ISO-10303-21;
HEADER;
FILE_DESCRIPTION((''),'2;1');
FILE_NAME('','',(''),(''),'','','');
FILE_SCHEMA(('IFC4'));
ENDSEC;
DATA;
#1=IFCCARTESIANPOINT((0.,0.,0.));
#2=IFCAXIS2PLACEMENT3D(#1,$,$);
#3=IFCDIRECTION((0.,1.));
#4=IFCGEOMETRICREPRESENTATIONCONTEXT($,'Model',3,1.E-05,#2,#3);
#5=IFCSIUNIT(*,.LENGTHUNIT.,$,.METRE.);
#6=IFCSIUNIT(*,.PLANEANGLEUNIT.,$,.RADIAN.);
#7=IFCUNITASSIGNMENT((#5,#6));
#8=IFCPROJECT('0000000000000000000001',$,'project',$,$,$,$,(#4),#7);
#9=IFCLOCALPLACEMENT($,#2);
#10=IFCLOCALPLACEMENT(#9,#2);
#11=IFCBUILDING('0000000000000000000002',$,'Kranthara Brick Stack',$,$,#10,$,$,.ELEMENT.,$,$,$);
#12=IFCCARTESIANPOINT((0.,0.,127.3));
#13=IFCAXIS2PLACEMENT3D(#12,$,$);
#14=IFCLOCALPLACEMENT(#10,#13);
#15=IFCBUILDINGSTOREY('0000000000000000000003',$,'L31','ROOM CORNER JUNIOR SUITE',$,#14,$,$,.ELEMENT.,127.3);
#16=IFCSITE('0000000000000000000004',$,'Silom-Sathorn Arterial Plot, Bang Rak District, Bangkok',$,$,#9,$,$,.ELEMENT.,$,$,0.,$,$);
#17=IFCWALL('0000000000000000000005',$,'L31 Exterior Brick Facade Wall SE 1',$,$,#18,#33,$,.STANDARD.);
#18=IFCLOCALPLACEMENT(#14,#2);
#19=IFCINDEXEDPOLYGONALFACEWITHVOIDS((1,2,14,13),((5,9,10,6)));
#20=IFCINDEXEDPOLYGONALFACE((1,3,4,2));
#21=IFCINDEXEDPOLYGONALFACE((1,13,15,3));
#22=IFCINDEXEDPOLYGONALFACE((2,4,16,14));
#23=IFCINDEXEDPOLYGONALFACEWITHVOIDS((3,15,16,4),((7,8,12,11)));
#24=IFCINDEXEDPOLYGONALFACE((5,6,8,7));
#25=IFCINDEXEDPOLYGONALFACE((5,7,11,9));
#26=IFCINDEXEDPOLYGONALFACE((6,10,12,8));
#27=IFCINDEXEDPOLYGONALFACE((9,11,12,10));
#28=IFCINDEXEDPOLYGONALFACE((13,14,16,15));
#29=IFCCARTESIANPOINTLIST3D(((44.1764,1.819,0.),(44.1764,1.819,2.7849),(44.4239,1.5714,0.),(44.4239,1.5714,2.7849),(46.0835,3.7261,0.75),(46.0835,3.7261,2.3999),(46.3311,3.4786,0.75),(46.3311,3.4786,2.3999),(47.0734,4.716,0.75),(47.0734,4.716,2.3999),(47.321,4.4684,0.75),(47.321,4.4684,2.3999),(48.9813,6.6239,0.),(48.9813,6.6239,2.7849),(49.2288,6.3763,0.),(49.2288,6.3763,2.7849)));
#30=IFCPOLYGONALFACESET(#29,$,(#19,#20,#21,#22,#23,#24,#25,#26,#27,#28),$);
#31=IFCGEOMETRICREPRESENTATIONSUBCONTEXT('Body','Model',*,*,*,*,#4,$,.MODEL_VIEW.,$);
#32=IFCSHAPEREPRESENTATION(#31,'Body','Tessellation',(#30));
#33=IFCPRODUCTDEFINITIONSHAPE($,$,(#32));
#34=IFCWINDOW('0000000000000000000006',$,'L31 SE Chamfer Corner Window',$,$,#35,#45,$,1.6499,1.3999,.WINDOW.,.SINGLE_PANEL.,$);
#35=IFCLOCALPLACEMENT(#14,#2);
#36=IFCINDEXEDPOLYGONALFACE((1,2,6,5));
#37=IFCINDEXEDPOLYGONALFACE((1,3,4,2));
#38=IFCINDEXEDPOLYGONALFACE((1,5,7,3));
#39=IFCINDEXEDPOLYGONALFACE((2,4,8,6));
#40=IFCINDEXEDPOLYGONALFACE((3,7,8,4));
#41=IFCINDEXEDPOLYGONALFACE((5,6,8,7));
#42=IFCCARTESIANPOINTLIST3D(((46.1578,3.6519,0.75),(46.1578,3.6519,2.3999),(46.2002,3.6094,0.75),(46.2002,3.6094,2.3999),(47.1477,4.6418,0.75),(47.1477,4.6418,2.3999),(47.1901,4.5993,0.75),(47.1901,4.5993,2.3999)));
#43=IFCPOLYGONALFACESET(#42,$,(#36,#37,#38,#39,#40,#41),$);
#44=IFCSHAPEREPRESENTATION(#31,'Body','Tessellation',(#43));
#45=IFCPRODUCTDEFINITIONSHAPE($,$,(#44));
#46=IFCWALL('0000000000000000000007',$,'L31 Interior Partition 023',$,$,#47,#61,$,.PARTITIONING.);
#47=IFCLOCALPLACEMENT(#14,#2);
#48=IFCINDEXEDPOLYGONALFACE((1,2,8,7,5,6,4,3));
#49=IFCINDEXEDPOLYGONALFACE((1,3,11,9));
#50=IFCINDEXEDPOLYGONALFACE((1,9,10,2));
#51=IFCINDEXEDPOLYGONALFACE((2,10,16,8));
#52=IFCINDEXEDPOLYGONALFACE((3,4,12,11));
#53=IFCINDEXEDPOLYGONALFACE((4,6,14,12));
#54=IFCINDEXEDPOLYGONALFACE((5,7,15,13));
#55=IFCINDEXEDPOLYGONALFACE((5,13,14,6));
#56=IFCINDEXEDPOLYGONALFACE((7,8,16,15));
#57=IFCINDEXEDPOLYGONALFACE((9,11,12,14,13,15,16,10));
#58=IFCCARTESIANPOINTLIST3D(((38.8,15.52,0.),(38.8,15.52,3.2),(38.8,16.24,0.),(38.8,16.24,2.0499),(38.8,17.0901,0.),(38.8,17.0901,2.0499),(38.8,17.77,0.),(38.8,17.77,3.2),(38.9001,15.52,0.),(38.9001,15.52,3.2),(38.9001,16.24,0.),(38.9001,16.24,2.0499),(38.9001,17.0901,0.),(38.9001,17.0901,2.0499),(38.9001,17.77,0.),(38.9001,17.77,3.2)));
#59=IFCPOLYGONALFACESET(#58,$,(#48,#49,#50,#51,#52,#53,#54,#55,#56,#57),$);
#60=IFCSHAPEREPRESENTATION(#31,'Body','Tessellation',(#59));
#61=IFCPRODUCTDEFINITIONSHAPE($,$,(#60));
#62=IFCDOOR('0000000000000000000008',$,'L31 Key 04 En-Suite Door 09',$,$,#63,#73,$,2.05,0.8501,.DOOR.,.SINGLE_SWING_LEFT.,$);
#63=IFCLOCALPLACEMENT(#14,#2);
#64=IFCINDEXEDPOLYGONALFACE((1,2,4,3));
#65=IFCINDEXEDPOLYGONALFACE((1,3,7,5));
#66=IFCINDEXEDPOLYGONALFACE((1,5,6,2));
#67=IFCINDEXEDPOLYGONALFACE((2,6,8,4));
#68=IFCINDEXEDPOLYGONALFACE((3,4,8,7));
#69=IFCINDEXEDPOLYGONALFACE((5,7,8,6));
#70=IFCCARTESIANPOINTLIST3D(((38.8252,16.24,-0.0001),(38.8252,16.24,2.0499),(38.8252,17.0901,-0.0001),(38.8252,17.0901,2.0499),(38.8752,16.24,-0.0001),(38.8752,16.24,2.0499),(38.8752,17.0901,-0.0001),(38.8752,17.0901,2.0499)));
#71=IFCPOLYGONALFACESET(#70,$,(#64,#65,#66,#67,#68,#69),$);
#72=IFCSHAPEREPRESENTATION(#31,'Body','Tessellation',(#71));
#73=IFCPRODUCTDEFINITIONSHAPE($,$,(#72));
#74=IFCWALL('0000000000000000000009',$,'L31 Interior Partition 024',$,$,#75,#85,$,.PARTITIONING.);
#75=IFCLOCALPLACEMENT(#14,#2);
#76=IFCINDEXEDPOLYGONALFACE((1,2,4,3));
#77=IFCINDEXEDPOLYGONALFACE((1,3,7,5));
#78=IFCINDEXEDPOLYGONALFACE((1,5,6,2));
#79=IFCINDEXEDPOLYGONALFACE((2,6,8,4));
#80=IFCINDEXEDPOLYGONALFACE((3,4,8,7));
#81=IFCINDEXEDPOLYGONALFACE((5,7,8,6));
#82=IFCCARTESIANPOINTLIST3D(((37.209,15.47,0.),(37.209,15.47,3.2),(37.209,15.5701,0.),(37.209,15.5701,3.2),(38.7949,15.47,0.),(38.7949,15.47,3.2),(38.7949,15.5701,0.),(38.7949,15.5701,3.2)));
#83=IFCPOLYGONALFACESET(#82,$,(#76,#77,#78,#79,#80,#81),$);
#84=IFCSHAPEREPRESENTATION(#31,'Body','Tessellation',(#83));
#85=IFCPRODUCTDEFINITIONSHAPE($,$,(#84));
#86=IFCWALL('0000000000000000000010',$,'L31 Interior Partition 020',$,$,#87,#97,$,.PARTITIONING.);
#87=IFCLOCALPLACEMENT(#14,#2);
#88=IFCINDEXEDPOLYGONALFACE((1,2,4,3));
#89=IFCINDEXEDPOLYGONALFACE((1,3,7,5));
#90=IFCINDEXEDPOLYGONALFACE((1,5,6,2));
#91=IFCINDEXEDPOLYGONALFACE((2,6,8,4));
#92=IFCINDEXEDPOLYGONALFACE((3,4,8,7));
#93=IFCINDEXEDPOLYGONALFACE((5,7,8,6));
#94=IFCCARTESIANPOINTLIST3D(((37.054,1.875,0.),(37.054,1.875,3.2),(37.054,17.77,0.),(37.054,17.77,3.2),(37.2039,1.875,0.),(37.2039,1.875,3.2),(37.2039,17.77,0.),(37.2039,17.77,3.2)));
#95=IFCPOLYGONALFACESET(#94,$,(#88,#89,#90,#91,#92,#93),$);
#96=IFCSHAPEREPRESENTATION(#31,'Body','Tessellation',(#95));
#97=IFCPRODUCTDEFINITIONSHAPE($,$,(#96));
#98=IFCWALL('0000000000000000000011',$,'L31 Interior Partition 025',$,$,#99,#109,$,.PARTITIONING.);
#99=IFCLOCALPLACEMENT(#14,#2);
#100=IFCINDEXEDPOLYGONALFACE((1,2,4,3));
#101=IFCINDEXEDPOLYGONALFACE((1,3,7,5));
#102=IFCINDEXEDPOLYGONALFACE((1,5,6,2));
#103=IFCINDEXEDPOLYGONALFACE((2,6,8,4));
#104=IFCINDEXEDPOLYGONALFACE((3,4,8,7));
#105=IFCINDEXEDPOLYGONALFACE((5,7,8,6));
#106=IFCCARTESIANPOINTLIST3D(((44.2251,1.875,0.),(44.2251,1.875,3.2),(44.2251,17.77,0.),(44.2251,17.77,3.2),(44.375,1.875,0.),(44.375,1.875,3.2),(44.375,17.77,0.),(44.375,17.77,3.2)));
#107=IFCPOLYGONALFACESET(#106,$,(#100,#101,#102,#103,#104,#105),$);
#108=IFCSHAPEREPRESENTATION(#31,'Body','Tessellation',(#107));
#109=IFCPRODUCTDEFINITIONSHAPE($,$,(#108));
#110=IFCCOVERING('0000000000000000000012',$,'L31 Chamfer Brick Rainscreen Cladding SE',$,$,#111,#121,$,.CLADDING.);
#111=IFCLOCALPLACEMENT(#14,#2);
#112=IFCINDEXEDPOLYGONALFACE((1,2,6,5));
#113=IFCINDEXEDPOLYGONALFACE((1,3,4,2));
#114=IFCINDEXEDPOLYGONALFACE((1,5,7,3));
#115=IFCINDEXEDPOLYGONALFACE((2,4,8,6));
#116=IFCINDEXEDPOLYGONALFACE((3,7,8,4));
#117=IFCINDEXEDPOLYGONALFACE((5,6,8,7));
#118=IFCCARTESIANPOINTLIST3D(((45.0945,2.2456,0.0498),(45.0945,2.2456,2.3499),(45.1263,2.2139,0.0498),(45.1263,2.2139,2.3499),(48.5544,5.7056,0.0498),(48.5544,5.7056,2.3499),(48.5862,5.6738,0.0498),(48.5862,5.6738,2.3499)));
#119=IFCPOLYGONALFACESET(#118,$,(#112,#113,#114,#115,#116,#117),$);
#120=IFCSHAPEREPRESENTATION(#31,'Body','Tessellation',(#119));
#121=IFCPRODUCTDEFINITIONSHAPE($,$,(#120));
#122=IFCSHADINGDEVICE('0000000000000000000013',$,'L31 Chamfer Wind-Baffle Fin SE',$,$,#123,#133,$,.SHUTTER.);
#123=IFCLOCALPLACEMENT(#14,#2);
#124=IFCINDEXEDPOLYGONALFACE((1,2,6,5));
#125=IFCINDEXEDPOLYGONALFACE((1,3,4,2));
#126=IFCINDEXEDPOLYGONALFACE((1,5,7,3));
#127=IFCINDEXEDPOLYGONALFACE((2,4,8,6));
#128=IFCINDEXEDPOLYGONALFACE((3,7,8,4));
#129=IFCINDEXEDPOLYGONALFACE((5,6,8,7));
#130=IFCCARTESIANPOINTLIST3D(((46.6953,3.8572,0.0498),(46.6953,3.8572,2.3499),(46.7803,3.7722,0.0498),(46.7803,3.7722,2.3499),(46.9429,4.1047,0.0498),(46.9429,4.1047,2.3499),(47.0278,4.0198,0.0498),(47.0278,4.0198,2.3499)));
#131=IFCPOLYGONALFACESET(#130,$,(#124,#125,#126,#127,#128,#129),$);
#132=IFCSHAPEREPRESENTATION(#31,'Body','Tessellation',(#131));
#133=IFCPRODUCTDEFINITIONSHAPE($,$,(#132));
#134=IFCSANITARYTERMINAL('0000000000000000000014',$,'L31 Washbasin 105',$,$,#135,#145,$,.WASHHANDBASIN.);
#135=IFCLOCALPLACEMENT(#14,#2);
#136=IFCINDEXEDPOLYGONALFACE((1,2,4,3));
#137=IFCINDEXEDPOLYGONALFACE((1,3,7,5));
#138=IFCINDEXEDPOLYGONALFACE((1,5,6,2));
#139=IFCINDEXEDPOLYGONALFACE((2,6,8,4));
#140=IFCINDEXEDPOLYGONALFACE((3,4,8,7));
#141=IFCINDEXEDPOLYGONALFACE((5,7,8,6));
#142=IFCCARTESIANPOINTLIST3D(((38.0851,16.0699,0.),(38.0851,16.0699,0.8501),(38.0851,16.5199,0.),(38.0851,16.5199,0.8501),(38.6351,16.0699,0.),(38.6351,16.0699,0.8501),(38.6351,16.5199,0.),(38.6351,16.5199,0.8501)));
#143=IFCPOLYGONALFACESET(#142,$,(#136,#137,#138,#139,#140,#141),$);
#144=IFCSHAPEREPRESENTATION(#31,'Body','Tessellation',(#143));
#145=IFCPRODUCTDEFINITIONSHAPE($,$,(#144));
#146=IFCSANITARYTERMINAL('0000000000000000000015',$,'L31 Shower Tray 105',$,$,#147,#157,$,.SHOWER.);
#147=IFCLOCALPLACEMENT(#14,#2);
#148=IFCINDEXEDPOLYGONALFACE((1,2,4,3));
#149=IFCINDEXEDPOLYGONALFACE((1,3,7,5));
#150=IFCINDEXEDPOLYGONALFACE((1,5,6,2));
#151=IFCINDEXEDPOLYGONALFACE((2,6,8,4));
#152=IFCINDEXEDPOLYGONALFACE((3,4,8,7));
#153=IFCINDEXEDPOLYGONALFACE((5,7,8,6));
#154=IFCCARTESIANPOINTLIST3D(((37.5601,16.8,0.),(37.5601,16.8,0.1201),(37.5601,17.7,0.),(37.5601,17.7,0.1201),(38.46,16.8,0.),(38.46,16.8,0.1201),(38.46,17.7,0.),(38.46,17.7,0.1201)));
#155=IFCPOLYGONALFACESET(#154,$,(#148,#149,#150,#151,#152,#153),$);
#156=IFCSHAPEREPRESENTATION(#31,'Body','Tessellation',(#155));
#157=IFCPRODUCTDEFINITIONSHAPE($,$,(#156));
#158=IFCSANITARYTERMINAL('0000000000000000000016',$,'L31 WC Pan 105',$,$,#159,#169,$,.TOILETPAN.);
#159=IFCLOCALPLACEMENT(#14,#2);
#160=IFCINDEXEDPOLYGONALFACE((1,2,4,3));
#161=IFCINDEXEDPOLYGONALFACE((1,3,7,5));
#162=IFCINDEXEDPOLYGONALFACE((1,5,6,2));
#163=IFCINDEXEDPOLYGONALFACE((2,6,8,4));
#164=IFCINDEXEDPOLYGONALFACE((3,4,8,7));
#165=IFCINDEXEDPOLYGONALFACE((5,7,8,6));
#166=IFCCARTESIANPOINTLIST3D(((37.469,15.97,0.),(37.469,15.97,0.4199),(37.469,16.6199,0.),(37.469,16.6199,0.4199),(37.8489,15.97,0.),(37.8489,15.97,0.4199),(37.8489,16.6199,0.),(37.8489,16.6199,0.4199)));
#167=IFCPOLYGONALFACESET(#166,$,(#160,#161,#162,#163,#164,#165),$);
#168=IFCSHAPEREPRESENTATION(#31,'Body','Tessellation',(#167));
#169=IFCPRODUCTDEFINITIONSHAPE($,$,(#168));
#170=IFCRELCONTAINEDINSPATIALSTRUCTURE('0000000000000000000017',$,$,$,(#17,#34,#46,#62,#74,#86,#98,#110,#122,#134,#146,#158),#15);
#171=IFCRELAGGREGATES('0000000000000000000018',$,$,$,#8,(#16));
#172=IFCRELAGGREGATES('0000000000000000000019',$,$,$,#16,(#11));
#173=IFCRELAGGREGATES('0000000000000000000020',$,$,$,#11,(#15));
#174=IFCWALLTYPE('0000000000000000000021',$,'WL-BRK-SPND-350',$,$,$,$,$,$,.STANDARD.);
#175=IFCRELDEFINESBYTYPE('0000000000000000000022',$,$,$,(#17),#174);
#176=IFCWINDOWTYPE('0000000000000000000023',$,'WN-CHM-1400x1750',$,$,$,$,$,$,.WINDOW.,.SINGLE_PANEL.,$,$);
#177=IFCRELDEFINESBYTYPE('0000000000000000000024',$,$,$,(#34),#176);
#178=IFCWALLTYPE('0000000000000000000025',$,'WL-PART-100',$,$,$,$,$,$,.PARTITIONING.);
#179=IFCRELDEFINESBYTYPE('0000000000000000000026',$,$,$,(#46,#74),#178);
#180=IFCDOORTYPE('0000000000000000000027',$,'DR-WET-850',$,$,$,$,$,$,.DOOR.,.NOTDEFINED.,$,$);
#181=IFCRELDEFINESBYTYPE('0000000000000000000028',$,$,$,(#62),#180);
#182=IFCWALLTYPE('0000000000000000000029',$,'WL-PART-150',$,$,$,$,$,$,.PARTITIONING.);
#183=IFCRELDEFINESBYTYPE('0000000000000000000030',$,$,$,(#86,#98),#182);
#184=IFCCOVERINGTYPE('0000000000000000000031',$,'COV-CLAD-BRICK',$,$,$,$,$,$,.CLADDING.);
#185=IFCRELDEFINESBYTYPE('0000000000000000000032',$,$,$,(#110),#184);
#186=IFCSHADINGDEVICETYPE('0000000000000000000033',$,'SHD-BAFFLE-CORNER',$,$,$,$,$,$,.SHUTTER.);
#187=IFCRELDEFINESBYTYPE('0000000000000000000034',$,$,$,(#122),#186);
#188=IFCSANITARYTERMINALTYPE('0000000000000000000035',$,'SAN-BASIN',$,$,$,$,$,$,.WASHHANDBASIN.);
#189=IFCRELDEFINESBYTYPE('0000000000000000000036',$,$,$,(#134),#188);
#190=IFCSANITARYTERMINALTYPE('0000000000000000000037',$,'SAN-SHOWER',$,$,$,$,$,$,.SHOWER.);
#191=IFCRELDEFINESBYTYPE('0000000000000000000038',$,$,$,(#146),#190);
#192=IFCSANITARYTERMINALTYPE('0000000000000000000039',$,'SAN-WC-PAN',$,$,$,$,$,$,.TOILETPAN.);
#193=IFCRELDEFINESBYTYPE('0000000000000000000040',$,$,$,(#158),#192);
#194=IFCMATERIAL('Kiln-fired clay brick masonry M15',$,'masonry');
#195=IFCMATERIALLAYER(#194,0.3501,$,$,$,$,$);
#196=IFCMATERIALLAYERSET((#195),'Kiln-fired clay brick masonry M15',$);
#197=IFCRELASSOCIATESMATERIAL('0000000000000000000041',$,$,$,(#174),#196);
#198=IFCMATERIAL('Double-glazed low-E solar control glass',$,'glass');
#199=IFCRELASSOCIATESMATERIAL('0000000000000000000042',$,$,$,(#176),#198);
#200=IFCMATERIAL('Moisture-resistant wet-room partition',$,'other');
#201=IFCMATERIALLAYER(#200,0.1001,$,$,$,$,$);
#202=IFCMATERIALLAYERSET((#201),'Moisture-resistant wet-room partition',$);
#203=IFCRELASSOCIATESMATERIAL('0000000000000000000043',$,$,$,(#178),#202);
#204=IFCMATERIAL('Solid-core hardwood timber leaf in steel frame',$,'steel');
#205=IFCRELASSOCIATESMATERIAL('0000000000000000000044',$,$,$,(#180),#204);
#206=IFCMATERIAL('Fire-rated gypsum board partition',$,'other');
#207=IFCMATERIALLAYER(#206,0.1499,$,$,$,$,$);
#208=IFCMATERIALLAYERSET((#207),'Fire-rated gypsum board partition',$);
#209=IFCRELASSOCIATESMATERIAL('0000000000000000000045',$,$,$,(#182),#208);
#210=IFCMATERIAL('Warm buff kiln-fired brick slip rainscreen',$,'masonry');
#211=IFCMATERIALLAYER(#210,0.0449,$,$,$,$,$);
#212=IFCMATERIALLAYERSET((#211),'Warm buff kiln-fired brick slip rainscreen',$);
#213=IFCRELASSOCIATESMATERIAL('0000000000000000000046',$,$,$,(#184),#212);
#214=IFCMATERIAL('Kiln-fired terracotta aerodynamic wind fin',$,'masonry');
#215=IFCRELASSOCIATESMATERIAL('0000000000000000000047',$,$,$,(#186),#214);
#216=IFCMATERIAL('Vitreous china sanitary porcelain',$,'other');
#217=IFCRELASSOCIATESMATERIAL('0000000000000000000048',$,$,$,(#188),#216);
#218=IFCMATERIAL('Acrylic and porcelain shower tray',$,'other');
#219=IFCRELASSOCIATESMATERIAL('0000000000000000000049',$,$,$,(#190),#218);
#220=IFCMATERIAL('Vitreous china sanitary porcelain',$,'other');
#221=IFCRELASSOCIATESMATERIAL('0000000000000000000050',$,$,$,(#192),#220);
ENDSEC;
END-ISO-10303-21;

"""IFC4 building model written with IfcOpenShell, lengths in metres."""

from ifc_helpers import new_model, si_unit, direction, frame, frame_2d, origin, origin_2d, place, context, subcontext, project, spatial, rectangle, extrude, material, layer, layer_set, type_object, element, fill, save


model = new_model("IFC4")

# Units and contexts
model_context = context("Model", 3, precision=1e-05, world=origin(), true_north=direction((0.0, 1.0)))
body_context = subcontext(model_context, "Body", "Model", "MODEL_VIEW")
ifc_project = project(units=[si_unit("LENGTHUNIT", "METRE"), si_unit("PLANEANGLEUNIT", "RADIAN")], contexts=[model_context])

# Site, building, storey
site_placement = place(None, origin())
site = spatial("IfcSite", under=ifc_project, at=site_placement, Name="Silom-Sathorn Arterial Plot, Bang Rak District, Bangkok", CompositionType="ELEMENT", RefElevation=0.0)
building_placement = place(site_placement, origin())
building = spatial("IfcBuilding", under=site, at=building_placement, Name="Kranthara Brick Stack", CompositionType="ELEMENT")
storey_placement = place(building_placement, frame((0.0, 0.0, 127.3)))
storey = spatial("IfcBuildingStorey", under=building, at=storey_placement, Name="L31", Description="ROOM CORNER JUNIOR SUITE", CompositionType="ELEMENT", Elevation=127.3)

# Shared definitions
ifc_material_1 = material(Name="Kiln-fired clay brick masonry M15", Category="masonry")
ifc_layer_1 = layer(ifc_material_1, 0.3501)
ifc_layer_set_1 = layer_set([ifc_layer_1], Name="Kiln-fired clay brick masonry M15")
wall_type_1 = type_object("IfcWallType", Name="WL-BRK-SPND-350", PredefinedType="STANDARD", material=ifc_layer_set_1)

# Wall, opening, window
wall_1_placement = place(storey_placement, frame((49.105, 6.5, 0.0), z_axis=(0.0, 0.0, 1.0), x_axis=(-0.707107, -0.707107, 0.0)))
wall_1 = element("IfcWall", 1, at=wall_1_placement, inside=storey, type_object=wall_type_1, Name="L31 Exterior Brick Facade Wall SE 1", PredefinedType="STANDARD", context=body_context, shape_type="SweptSolid", body=[
    extrude(rectangle(XDim=6.7952, YDim=0.3501, at=frame_2d((3.3975, 0.0))), origin(), (0.0, 0.0, 1.0), 2.7849),
])
opening_1_placement = place(wall_1_placement, frame((2.698, 0.0, 0.75)))
opening_1 = element("IfcOpeningElement", 2, at=opening_1_placement, cuts=wall_1, PredefinedType="OPENING", context=body_context, shape_type="SweptSolid", body=[
    extrude(rectangle(XDim=1.3999, YDim=1.6499, at=frame_2d((0.7, 0.825))), frame((0.0, 0.1851, 0.0), z_axis=(0.0, -1.0, 0.0), x_axis=(1.0, 0.0, 0.0)), (0.0, 0.0, 1.0), 0.3701),
])
ifc_material_2 = material(Name="Double-glazed low-E solar control glass", Category="glass")
window_type_1 = type_object("IfcWindowType", Name="WN-CHM-1400x1750", PartitioningType="SINGLE_PANEL", PredefinedType="WINDOW", material=ifc_material_2)
window_1_placement = place(opening_1_placement, origin())
window_1 = element("IfcWindow", 3, at=window_1_placement, inside=storey, type_object=window_type_1, Name="L31 SE Chamfer Corner Window", OverallHeight=1.6499, OverallWidth=1.3999, PartitioningType="SINGLE_PANEL", PredefinedType="WINDOW", context=body_context, shape_type="SweptSolid", body=[
    extrude(rectangle(XDim=1.3999, YDim=1.6499, at=frame_2d((0.7, 0.825))), frame((0.0, -0.01, 0.0), z_axis=(0.0, -1.0, 0.0), x_axis=(1.0, 0.0, 0.0)), (0.0, 0.0, 1.0), 0.0601),
])
fill(opening_1, window_1)

# Wall, opening, door
ifc_material_3 = material(Name="Moisture-resistant wet-room partition", Category="other")
ifc_layer_2 = layer(ifc_material_3, 0.1001)
ifc_layer_set_2 = layer_set([ifc_layer_2], Name="Moisture-resistant wet-room partition")
wall_type_2 = type_object("IfcWallType", Name="WL-PART-100", PredefinedType="PARTITIONING", material=ifc_layer_set_2)
wall_2_placement = place(storey_placement, frame((38.8501, 15.52, 0.0), z_axis=(0.0, 0.0, 1.0), x_axis=(0.0, 1.0, 0.0)))
wall_2 = element("IfcWall", 4, at=wall_2_placement, inside=storey, type_object=wall_type_2, Name="L31 Interior Partition 023", PredefinedType="PARTITIONING", context=body_context, shape_type="SweptSolid", body=[
    extrude(rectangle(XDim=2.25, YDim=0.1001, at=frame_2d((1.125, 0.0))), origin(), (0.0, 0.0, 1.0), 3.2),
])
opening_2_placement = place(wall_2_placement, frame((0.72, 0.0, 0.0)))
opening_2 = element("IfcOpeningElement", 5, at=opening_2_placement, cuts=wall_2, PredefinedType="OPENING", context=body_context, shape_type="SweptSolid", body=[
    extrude(rectangle(XDim=0.8501, YDim=2.05, at=frame_2d((0.425, 1.0249))), frame((0.0, 0.0601, 0.0), z_axis=(0.0, -1.0, 0.0), x_axis=(1.0, 0.0, 0.0)), (0.0, 0.0, 1.0), 0.1201),
])
ifc_material_4 = material(Name="Solid-core hardwood timber leaf in steel frame", Category="steel")
door_type_1 = type_object("IfcDoorType", Name="DR-WET-850", OperationType="NOTDEFINED", PredefinedType="DOOR", material=ifc_material_4)
door_1_placement = place(opening_2_placement, origin())
door_1 = element("IfcDoor", 6, at=door_1_placement, inside=storey, type_object=door_type_1, Name="L31 Key 04 En-Suite Door 09", OperationType="SINGLE_SWING_LEFT", OverallHeight=2.05, OverallWidth=0.8501, PredefinedType="DOOR", context=body_context, shape_type="SweptSolid", body=[
    extrude(rectangle(XDim=0.8501, YDim=2.05, at=frame_2d((0.425, 1.0249))), frame((0.0, 0.0249, 0.0), z_axis=(0.0, -1.0, 0.0), x_axis=(1.0, 0.0, 0.0)), (0.0, 0.0, 1.0), 0.05),
])
fill(opening_2, door_1)

# Walls
wall_3_placement = place(storey_placement, frame((37.209, 15.52, 0.0), z_axis=(0.0, 0.0, 1.0), x_axis=(1.0, 0.0, 0.0)))
element("IfcWall", 7, at=wall_3_placement, inside=storey, type_object=wall_type_2, Name="L31 Interior Partition 024", PredefinedType="PARTITIONING", context=body_context, shape_type="SweptSolid", body=[
    extrude(rectangle(XDim=1.5859, YDim=0.1001, at=frame_2d((0.793, 0.0))), origin(), (0.0, 0.0, 1.0), 3.2),
])
ifc_material_5 = material(Name="Fire-rated gypsum board partition", Category="other")
ifc_layer_3 = layer(ifc_material_5, 0.1499)
ifc_layer_set_3 = layer_set([ifc_layer_3], Name="Fire-rated gypsum board partition")
wall_type_3 = type_object("IfcWallType", Name="WL-PART-150", PredefinedType="PARTITIONING", material=ifc_layer_set_3)
for number, where, z_axis, x_axis, name in (
    (8, (37.1289, 1.875, 0.0), (0.0, 0.0, 1.0), (0.0, 1.0, 0.0), "L31 Interior Partition 020"),
    (9, (44.3, 1.875, 0.0), (0.0, 0.0, 1.0), (0.0, 1.0, 0.0), "L31 Interior Partition 025"),
):
    element("IfcWall", number, at=place(storey_placement, frame(where, z_axis=z_axis, x_axis=x_axis)), inside=storey, type_object=wall_type_3, Name=name, PredefinedType="PARTITIONING", context=body_context, shape_type="SweptSolid", body=[
        extrude(rectangle(XDim=15.895, YDim=0.1499, at=frame_2d((7.9475, 0.0))), origin(), (0.0, 0.0, 1.0), 3.2),
    ])

# Covering
ifc_material_6 = material(Name="Warm buff kiln-fired brick slip rainscreen", Category="masonry")
ifc_layer_4 = layer(ifc_material_6, 0.0449)
ifc_layer_set_4 = layer_set([ifc_layer_4], Name="Warm buff kiln-fired brick slip rainscreen")
covering_type = type_object("IfcCoveringType", Name="COV-CLAD-BRICK", PredefinedType="CLADDING", material=ifc_layer_set_4)
covering_placement = place(storey_placement, frame((46.8403, 3.9597, 0.0498), z_axis=(0.0, 0.0, 1.0), x_axis=(-0.707107, -0.707107, 0.0)))
element("IfcCovering", 10, at=covering_placement, inside=storey, type_object=covering_type, Name="L31 Chamfer Brick Rainscreen Cladding SE", PredefinedType="CLADDING", context=body_context, shape_type="SweptSolid", body=[
    extrude(rectangle(XDim=4.8931, YDim=0.0449, at=origin_2d()), origin(), (0.0, 0.0, 1.0), 2.3),
])

# Shading device
ifc_material_7 = material(Name="Kiln-fired terracotta aerodynamic wind fin", Category="masonry")
shading_device_type = type_object("IfcShadingDeviceType", Name="SHD-BAFFLE-CORNER", PredefinedType="SHUTTER", material=ifc_material_7)
shading_device_placement = place(storey_placement, frame((46.8616, 3.9385, 0.0498), z_axis=(0.0, 0.0, 1.0), x_axis=(-0.707107, -0.707107, 0.0)))
element("IfcShadingDevice", 11, at=shading_device_placement, inside=storey, type_object=shading_device_type, Name="L31 Chamfer Wind-Baffle Fin SE", PredefinedType="SHUTTER", context=body_context, shape_type="SweptSolid", body=[
    extrude(rectangle(XDim=0.3501, YDim=0.1201, at=origin_2d()), origin(), (0.0, 0.0, 1.0), 2.3),
])

# Sanitary terminals
ifc_material_8 = material(Name="Vitreous china sanitary porcelain", Category="other")
sanitary_terminal_type_1 = type_object("IfcSanitaryTerminalType", Name="SAN-BASIN", PredefinedType="WASHHANDBASIN", material=ifc_material_8)
sanitary_terminal_1_placement = place(storey_placement, frame((38.3601, 16.2949, 0.0), z_axis=(0.0, 0.0, 1.0), x_axis=(1.0, 0.0, 0.0)))
element("IfcSanitaryTerminal", 12, at=sanitary_terminal_1_placement, inside=storey, type_object=sanitary_terminal_type_1, Name="L31 Washbasin 105", PredefinedType="WASHHANDBASIN", context=body_context, shape_type="SweptSolid", body=[
    extrude(rectangle(XDim=0.55, YDim=0.45, at=origin_2d()), origin(), (0.0, 0.0, 1.0), 0.8501),
])
ifc_material_9 = material(Name="Acrylic and porcelain shower tray", Category="other")
sanitary_terminal_type_2 = type_object("IfcSanitaryTerminalType", Name="SAN-SHOWER", PredefinedType="SHOWER", material=ifc_material_9)
sanitary_terminal_2_placement = place(storey_placement, frame((38.01, 17.25, 0.0), z_axis=(0.0, 0.0, 1.0), x_axis=(1.0, 0.0, 0.0)))
element("IfcSanitaryTerminal", 13, at=sanitary_terminal_2_placement, inside=storey, type_object=sanitary_terminal_type_2, Name="L31 Shower Tray 105", PredefinedType="SHOWER", context=body_context, shape_type="SweptSolid", body=[
    extrude(rectangle(XDim=0.8999, YDim=0.8999, at=origin_2d()), origin(), (0.0, 0.0, 1.0), 0.1201),
])
ifc_material_10 = material(Name="Vitreous china sanitary porcelain", Category="other")
sanitary_terminal_type_3 = type_object("IfcSanitaryTerminalType", Name="SAN-WC-PAN", PredefinedType="TOILETPAN", material=ifc_material_10)
sanitary_terminal_3_placement = place(storey_placement, frame((37.6589, 16.2949, 0.0), z_axis=(0.0, 0.0, 1.0), x_axis=(1.0, 0.0, 0.0)))
element("IfcSanitaryTerminal", 14, at=sanitary_terminal_3_placement, inside=storey, type_object=sanitary_terminal_type_3, Name="L31 WC Pan 105", PredefinedType="TOILETPAN", context=body_context, shape_type="SweptSolid", body=[
    extrude(rectangle(XDim=0.3799, YDim=0.6499, at=origin_2d()), origin(), (0.0, 0.0, 1.0), 0.4199),
])

save(model, "model.ifc")
